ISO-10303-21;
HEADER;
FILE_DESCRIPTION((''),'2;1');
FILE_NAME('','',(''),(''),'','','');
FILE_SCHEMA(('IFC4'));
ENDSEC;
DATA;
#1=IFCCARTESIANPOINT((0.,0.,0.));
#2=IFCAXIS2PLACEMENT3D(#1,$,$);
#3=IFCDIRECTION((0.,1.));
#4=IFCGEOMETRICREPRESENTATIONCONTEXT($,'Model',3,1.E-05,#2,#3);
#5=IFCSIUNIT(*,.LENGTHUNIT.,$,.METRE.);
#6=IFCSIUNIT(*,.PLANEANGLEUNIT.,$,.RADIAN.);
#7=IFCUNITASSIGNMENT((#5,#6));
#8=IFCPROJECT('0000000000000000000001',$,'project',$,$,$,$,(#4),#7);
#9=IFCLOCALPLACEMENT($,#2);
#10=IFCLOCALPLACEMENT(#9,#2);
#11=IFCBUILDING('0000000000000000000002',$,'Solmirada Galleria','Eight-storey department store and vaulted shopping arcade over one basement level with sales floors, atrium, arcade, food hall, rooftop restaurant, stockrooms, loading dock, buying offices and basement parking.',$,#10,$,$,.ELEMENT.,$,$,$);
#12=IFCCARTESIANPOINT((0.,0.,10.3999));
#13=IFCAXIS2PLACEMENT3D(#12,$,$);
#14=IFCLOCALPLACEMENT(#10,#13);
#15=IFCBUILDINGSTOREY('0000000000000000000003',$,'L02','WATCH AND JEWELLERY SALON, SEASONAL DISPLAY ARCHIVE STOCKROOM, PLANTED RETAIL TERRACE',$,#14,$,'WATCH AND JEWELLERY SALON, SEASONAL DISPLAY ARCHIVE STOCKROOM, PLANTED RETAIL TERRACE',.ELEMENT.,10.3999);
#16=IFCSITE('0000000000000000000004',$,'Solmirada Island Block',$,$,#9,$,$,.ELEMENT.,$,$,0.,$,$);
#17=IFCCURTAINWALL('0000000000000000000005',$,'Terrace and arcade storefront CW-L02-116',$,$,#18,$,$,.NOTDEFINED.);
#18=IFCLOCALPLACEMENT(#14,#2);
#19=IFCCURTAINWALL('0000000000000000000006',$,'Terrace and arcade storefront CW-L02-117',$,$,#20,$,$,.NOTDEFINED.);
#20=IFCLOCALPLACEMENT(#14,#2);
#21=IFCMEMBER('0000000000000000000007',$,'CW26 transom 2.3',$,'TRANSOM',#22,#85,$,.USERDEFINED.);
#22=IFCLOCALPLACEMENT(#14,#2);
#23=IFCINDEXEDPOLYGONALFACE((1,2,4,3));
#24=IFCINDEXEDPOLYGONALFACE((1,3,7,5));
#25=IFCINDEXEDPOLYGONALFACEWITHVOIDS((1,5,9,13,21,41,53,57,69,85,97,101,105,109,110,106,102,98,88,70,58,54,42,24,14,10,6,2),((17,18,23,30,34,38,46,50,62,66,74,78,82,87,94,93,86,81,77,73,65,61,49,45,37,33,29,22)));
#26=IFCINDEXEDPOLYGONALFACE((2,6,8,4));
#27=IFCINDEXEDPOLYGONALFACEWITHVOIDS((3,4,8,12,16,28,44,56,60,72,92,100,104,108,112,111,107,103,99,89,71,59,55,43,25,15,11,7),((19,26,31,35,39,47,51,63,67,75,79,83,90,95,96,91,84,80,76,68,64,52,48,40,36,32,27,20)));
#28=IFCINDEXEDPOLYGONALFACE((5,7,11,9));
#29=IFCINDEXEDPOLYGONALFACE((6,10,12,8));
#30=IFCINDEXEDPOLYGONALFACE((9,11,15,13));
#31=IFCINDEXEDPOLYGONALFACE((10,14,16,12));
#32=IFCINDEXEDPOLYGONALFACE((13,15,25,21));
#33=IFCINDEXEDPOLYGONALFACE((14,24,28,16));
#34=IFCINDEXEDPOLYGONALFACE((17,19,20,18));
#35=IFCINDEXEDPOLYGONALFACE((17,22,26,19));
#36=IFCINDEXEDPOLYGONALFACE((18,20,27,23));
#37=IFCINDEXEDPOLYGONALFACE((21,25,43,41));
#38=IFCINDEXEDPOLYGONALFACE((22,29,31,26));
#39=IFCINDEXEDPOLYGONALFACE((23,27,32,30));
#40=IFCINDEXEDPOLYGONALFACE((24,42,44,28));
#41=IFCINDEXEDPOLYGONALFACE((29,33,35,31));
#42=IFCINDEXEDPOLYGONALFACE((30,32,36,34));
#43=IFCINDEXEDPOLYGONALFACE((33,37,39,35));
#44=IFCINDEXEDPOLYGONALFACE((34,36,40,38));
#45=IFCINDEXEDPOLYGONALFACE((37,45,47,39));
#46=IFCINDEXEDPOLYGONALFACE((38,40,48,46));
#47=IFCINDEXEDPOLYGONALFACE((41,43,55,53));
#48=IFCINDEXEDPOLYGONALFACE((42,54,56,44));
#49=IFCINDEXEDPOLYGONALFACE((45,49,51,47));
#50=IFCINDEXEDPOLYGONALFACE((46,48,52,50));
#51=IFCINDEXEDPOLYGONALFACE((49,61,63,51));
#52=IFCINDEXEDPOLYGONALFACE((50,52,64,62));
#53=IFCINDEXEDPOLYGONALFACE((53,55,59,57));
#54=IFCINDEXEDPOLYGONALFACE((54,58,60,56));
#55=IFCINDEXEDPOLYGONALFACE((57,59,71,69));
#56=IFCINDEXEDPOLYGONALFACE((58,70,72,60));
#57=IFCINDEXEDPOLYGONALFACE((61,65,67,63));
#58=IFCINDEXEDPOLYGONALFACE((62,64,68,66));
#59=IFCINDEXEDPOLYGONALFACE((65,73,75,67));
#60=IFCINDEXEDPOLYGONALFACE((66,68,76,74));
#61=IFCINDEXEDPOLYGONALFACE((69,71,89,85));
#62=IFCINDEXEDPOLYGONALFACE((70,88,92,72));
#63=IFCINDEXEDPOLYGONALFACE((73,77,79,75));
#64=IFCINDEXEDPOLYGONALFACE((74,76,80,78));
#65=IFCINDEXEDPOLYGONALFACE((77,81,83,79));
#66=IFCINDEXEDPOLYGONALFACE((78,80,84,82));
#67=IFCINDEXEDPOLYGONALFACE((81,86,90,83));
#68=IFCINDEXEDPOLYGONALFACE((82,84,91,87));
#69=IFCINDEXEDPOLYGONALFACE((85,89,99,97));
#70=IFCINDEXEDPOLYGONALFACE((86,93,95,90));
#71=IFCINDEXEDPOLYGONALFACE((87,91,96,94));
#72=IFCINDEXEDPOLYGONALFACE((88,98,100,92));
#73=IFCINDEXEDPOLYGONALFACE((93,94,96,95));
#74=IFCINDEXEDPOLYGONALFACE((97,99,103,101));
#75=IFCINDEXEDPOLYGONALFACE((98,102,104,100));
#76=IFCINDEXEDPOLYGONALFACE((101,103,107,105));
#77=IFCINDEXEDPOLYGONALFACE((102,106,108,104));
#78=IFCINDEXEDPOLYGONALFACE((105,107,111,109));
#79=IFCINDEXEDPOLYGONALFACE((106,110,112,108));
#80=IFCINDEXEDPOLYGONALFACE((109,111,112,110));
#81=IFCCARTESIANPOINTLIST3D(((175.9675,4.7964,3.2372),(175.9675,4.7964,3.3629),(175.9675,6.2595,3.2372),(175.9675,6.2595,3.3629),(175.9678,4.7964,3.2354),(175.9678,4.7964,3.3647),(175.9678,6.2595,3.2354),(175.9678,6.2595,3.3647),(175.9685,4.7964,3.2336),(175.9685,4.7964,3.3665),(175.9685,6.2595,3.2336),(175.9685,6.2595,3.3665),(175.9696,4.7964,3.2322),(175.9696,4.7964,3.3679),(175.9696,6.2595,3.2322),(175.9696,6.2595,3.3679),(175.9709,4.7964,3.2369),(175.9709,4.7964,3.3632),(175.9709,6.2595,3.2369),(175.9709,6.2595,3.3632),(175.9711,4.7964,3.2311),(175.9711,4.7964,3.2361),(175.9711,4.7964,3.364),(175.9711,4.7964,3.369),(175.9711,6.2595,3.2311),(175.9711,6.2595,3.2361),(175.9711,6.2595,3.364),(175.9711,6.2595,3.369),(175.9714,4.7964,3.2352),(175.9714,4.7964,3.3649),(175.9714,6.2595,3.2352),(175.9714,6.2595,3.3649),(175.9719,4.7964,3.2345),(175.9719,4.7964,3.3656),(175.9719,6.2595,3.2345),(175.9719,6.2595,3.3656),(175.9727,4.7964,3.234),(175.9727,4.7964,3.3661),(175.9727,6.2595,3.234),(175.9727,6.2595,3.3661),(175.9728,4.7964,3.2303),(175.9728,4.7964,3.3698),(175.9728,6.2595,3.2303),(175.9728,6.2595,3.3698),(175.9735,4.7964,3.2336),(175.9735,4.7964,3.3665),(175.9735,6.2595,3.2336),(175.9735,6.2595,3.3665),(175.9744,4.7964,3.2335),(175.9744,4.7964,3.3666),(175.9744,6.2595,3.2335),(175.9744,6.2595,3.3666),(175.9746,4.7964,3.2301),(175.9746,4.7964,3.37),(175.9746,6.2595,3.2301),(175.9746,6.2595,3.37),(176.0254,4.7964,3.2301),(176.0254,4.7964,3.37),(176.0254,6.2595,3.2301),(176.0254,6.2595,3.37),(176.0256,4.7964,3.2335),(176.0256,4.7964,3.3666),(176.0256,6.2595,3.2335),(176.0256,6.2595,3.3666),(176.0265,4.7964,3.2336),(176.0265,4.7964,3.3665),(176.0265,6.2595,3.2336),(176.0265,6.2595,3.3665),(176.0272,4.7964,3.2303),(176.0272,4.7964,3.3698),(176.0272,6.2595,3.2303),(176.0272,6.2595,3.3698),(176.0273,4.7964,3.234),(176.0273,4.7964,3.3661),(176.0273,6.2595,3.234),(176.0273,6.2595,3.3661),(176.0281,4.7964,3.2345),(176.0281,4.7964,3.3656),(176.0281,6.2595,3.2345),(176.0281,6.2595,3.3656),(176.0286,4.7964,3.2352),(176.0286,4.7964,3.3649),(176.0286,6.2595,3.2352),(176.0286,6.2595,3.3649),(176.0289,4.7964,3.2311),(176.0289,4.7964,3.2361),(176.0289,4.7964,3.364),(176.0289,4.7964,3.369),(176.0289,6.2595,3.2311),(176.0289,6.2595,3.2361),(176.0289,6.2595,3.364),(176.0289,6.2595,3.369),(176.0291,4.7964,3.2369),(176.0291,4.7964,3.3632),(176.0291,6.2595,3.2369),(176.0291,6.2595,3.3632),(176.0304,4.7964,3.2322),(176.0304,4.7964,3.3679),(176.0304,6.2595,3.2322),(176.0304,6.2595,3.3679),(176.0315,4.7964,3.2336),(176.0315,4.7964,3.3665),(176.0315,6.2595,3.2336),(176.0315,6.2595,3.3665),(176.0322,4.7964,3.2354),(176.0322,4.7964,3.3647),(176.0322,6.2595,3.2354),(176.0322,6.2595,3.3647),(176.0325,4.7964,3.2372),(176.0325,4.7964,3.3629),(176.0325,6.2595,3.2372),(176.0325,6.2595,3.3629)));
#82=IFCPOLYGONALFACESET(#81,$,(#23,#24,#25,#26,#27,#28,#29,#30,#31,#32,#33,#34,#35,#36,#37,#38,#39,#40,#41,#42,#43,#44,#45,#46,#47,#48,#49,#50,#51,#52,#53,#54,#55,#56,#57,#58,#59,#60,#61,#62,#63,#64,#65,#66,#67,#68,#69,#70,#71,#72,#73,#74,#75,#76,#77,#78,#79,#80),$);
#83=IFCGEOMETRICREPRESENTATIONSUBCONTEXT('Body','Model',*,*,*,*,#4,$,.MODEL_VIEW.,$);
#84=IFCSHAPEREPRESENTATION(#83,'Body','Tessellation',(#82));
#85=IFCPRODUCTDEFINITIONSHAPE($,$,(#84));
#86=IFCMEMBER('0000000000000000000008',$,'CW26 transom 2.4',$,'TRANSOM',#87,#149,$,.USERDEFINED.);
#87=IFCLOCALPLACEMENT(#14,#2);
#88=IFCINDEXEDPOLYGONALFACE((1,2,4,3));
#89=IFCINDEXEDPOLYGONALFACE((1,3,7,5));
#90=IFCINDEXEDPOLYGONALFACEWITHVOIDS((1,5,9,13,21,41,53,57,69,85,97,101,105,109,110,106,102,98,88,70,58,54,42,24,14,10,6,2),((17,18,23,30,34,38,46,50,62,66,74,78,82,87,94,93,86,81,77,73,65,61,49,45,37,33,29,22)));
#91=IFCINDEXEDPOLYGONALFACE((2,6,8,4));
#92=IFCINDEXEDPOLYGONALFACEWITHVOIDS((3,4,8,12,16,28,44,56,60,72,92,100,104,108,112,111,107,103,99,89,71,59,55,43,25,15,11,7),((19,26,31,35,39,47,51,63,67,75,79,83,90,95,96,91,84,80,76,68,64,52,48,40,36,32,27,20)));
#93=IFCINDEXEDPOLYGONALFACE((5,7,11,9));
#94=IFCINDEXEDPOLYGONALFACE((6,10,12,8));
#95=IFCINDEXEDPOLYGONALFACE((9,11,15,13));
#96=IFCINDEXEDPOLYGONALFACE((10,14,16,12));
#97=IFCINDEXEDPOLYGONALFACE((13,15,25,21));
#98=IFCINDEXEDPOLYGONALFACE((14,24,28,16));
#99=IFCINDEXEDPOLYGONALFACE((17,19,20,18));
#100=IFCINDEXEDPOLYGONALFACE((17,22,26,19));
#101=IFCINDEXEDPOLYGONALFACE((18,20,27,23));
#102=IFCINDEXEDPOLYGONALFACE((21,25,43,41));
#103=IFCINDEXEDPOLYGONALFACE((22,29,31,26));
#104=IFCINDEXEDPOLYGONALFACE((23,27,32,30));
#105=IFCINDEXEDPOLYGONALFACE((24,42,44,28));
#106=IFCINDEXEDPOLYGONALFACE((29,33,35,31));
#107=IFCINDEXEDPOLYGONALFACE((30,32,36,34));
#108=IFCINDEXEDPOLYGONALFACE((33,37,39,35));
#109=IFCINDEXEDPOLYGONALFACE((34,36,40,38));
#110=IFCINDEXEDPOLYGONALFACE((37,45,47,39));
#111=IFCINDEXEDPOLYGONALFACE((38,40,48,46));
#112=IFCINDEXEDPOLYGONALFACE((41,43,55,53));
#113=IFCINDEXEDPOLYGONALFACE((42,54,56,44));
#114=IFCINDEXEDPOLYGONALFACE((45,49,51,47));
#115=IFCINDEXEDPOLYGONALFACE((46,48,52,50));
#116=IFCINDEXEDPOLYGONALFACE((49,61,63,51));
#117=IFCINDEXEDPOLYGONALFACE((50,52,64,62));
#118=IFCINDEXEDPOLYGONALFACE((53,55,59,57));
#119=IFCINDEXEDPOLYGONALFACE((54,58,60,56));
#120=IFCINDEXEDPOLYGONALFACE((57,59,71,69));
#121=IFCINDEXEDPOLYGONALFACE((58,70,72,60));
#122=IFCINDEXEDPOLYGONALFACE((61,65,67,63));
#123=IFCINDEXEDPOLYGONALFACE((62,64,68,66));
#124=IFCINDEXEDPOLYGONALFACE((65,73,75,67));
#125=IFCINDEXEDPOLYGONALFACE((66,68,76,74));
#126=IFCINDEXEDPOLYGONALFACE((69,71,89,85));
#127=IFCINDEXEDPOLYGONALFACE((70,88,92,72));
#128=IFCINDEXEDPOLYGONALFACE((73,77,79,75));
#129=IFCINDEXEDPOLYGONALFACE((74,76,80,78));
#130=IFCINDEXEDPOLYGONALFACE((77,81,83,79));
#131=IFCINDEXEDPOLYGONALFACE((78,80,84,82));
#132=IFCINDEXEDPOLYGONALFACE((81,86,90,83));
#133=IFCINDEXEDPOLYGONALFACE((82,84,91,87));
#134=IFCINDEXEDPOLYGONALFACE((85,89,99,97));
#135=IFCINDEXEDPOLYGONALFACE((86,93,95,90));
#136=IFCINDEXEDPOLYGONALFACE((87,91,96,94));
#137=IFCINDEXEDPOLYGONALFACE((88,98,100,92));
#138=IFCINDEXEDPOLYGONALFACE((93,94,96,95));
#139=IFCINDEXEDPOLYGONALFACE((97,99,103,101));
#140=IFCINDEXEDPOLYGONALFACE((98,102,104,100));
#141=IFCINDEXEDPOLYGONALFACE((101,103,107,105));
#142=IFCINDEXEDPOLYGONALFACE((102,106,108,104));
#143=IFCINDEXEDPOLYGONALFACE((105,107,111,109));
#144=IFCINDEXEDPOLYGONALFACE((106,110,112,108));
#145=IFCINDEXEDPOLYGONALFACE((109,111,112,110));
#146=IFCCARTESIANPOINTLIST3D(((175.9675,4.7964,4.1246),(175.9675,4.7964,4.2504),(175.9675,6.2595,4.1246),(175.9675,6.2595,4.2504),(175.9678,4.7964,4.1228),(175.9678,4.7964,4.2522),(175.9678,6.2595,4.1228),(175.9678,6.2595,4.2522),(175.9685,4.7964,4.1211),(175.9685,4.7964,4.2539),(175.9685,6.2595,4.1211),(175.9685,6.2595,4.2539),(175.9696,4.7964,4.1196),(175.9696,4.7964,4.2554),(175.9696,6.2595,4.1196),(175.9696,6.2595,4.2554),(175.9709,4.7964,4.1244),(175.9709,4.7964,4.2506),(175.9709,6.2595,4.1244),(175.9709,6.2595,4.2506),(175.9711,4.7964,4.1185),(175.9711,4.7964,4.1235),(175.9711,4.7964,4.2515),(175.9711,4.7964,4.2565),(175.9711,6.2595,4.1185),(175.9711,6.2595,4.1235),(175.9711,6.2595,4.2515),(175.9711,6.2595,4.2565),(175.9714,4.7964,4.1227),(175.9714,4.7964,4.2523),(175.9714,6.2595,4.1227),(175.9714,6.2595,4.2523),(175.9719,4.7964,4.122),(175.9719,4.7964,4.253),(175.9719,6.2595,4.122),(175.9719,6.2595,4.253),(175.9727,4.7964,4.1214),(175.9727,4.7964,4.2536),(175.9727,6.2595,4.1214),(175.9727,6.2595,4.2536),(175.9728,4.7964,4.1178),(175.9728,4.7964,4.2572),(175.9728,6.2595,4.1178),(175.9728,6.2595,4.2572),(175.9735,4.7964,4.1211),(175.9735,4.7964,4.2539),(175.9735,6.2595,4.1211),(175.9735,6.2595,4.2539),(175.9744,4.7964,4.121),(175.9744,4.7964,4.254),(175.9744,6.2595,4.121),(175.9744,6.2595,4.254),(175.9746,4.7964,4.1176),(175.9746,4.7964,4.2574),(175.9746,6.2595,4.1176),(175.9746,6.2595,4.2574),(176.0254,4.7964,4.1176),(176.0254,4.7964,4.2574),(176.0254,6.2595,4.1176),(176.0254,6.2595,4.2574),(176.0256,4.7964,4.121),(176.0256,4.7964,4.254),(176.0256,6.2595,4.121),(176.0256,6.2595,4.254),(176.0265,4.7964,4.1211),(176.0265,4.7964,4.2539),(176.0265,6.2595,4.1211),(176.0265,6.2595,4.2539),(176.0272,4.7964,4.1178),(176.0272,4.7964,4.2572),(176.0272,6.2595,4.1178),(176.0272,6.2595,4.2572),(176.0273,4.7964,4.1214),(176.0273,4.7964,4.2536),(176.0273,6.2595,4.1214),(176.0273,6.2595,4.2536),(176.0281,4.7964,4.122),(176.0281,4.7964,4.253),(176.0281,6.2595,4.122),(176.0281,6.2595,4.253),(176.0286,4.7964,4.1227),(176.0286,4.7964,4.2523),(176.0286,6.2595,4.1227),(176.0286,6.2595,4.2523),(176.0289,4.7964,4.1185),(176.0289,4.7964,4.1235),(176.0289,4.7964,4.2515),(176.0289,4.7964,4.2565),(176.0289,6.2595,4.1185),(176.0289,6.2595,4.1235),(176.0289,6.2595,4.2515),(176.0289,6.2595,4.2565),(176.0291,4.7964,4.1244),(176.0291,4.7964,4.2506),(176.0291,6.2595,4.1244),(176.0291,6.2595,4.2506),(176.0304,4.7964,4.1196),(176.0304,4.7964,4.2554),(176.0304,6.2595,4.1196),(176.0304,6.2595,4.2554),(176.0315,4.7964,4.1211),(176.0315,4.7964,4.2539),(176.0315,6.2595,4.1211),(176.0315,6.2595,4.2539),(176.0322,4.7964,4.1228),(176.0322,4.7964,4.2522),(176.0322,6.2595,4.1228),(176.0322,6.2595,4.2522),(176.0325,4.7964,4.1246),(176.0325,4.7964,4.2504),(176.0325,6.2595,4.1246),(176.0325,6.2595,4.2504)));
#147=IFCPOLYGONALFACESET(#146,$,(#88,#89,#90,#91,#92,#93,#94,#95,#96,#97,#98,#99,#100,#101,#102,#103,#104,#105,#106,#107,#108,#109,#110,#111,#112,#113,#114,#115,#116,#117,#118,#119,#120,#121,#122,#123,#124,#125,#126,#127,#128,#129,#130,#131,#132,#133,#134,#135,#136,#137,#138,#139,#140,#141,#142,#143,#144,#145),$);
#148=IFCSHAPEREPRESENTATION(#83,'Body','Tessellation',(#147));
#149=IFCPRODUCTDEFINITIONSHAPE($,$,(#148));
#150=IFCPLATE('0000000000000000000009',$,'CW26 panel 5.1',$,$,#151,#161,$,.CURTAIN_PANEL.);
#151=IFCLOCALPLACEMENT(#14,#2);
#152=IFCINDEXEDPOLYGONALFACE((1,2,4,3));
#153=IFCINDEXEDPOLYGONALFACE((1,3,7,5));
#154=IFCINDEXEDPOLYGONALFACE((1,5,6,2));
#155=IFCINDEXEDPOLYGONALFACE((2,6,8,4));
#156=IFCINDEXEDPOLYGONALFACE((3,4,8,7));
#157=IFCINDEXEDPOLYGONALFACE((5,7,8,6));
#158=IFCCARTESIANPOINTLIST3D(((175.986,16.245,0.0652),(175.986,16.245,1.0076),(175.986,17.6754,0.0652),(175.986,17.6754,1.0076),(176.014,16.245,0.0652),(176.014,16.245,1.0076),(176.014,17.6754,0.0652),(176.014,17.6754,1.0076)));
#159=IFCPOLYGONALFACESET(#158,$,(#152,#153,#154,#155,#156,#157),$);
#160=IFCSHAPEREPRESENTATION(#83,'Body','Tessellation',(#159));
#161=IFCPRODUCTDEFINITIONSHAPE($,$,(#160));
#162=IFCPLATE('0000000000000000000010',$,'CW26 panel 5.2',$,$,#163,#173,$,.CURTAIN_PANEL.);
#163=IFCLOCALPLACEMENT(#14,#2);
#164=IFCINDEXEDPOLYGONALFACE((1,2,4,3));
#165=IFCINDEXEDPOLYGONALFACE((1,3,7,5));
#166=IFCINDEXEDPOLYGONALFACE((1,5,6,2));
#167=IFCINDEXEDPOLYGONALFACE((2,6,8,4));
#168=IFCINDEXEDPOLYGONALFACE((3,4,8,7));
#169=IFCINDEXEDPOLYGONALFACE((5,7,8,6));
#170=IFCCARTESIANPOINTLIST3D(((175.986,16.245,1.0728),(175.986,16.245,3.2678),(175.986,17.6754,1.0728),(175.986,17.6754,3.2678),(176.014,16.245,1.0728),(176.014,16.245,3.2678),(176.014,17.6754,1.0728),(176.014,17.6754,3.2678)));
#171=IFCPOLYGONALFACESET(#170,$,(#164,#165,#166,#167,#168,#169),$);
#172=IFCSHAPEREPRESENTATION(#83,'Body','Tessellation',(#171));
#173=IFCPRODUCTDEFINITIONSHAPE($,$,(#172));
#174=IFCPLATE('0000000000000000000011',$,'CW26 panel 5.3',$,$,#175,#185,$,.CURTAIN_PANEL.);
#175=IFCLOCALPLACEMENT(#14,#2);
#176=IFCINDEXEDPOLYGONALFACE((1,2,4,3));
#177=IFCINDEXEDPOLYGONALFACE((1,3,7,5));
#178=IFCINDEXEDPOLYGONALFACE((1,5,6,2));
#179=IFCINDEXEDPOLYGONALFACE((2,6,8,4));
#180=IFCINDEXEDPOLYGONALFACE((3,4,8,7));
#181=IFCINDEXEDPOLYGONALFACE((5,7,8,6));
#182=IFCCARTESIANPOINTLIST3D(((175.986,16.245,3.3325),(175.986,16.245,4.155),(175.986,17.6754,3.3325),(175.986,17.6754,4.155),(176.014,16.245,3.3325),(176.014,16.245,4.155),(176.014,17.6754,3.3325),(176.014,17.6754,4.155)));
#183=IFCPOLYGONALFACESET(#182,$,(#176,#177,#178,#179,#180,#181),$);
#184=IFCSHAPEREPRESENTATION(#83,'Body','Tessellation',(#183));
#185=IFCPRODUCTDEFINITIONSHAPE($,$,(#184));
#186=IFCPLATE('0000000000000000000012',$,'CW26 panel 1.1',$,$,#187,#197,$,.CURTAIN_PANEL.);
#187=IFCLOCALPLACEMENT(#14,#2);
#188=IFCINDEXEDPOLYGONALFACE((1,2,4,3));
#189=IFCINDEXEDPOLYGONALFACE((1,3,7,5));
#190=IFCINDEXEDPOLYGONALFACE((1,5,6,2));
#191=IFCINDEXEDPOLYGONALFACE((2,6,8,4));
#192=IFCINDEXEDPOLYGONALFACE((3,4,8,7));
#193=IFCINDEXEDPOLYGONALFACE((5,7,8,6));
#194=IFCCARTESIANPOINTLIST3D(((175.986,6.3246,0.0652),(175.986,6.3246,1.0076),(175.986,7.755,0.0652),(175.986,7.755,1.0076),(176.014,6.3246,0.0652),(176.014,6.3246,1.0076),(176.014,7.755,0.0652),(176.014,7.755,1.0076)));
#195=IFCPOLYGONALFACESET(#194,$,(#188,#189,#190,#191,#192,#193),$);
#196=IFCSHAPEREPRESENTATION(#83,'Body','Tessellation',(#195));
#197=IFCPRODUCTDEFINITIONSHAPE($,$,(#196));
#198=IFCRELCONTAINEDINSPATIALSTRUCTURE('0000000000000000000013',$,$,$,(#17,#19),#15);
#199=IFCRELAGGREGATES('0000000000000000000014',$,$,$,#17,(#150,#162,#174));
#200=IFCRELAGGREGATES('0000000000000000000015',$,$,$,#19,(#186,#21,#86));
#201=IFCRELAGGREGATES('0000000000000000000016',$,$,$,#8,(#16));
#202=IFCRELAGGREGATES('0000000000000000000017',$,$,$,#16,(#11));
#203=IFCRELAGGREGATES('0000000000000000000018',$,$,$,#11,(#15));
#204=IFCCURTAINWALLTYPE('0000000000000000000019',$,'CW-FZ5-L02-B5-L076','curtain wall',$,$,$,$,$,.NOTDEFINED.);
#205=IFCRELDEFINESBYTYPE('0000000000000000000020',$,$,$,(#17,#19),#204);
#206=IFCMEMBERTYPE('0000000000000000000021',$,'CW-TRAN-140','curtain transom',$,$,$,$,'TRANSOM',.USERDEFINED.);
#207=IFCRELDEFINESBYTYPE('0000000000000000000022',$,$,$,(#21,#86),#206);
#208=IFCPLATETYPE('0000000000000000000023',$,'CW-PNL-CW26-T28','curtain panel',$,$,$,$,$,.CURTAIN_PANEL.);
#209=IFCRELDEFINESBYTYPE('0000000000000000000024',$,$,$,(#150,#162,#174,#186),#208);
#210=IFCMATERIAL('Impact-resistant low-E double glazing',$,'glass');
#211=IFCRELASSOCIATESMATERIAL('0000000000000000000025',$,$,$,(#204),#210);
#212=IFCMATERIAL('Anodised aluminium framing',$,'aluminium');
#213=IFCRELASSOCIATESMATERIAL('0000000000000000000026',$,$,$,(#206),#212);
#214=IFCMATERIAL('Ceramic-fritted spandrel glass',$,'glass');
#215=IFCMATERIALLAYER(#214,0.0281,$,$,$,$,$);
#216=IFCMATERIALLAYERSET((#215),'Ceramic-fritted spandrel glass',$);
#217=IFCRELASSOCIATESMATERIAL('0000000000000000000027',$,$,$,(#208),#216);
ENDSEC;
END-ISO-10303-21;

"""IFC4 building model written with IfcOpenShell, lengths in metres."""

from ifc_helpers import new_model, si_unit, direction, frame, origin, origin_2d, place, context, subcontext, project, spatial, rectangle, hollow_rectangle, extrude, material, layer, layer_set, material_profile, profile_set, type_object, element, aggregate, save


model = new_model("IFC4")

# Units and contexts
model_context = context("Model", 3, precision=1e-05, world=origin(), true_north=direction((0.0, 1.0)))
body_context = subcontext(model_context, "Body", "Model", "MODEL_VIEW")
ifc_project = project(units=[si_unit("LENGTHUNIT", "METRE"), si_unit("PLANEANGLEUNIT", "RADIAN")], contexts=[model_context])

# Site, building, storey
site_placement = place(None, origin())
site = spatial("IfcSite", under=ifc_project, at=site_placement, Name="Solmirada Island Block", CompositionType="ELEMENT", RefElevation=0.0)
building_placement = place(site_placement, origin())
building = spatial("IfcBuilding", under=site, at=building_placement, Name="Solmirada Galleria", Description="Eight-storey department store and vaulted shopping arcade over one basement level with sales floors, atrium, arcade, food hall, rooftop restaurant, stockrooms, loading dock, buying offices and basement parking.", CompositionType="ELEMENT")
storey_placement = place(building_placement, frame((0.0, 0.0, 10.3999)))
storey = spatial("IfcBuildingStorey", under=building, at=storey_placement, Name="L02", Description="WATCH AND JEWELLERY SALON, SEASONAL DISPLAY ARCHIVE STOCKROOM, PLANTED RETAIL TERRACE", LongName="WATCH AND JEWELLERY SALON, SEASONAL DISPLAY ARCHIVE STOCKROOM, PLANTED RETAIL TERRACE", CompositionType="ELEMENT", Elevation=10.3999)

# Curtain wall
ifc_material_1 = material(Name="Impact-resistant low-E double glazing", Category="glass")
curtain_wall_type = type_object("IfcCurtainWallType", Name="CW-FZ5-L02-B5-L076", Description="curtain wall", PredefinedType="NOTDEFINED", material=ifc_material_1)
curtain_wall_1_placement = place(storey_placement, origin())
curtain_wall_1 = element("IfcCurtainWall", 1, at=curtain_wall_1_placement, inside=storey, type_object=curtain_wall_type, Name="Terrace and arcade storefront CW-L02-116", PredefinedType="NOTDEFINED")
ifc_material_2 = material(Name="Anodised aluminium framing", Category="aluminium")

# Curtain wall, members
curtain_wall_2_placement = place(storey_placement, origin())
curtain_wall_2 = element("IfcCurtainWall", 2, at=curtain_wall_2_placement, inside=storey, type_object=curtain_wall_type, Name="Terrace and arcade storefront CW-L02-117", PredefinedType="NOTDEFINED")
ifc_material_profile_1 = material_profile(ifc_material_2, hollow_rectangle(XDim=0.0649, YDim=0.1399, WallThickness=0.0034, InnerFilletRadius=0.0034, OuterFilletRadius=0.0071, at=origin_2d()), Name="ALU-TRAN-140X65")
ifc_profile_set_1 = profile_set([ifc_material_profile_1], Name="Anodised aluminium framing")
member_type_1 = type_object("IfcMemberType", Name="CW-TRAN-140", Description="curtain transom", ElementType="TRANSOM", PredefinedType="USERDEFINED", material=ifc_profile_set_1)
member_1_placement = place(storey_placement, frame((176.0, 6.2595, 3.3), z_axis=(0.0, -1.0, 0.0), x_axis=(1.0, 0.0, 0.0)))
member_1 = element("IfcMember", 3, at=member_1_placement, type_object=member_type_1, Name="CW26 transom 2.3", ObjectType="TRANSOM", PredefinedType="USERDEFINED", context=body_context, shape_type="SweptSolid", body=[
    extrude(hollow_rectangle(XDim=0.0649, YDim=0.1399, WallThickness=0.0034, InnerFilletRadius=0.0034, OuterFilletRadius=0.0071, at=origin_2d()), origin(), (0.0, 0.0, 1.0), 1.4631),
])
member_2_placement = place(storey_placement, frame((176.0, 6.2595, 4.1875), z_axis=(0.0, -1.0, 0.0), x_axis=(1.0, 0.0, 0.0)))
member_2 = element("IfcMember", 4, at=member_2_placement, type_object=member_type_1, Name="CW26 transom 2.4", ObjectType="TRANSOM", PredefinedType="USERDEFINED", context=body_context, shape_type="SweptSolid", body=[
    extrude(hollow_rectangle(XDim=0.0649, YDim=0.1399, WallThickness=0.0034, InnerFilletRadius=0.0034, OuterFilletRadius=0.0071, at=origin_2d()), origin(), (0.0, 0.0, 1.0), 1.4631),
])

# Plates
ifc_material_3 = material(Name="Ceramic-fritted spandrel glass", Category="glass")
ifc_layer_1 = layer(ifc_material_3, 0.0281)
ifc_layer_set_1 = layer_set([ifc_layer_1], Name="Ceramic-fritted spandrel glass")
plate_type = type_object("IfcPlateType", Name="CW-PNL-CW26-T28", Description="curtain panel", PredefinedType="CURTAIN_PANEL", material=ifc_layer_set_1)
plate_1_placement = place(storey_placement, frame((176.0, 16.9602, 0.0652), z_axis=(0.0, 0.0, 1.0), x_axis=(0.0, -1.0, 0.0)))
plate_1 = element("IfcPlate", 5, at=plate_1_placement, type_object=plate_type, Name="CW26 panel 5.1", PredefinedType="CURTAIN_PANEL", context=body_context, shape_type="SweptSolid", body=[
    extrude(rectangle(XDim=1.4304, YDim=0.0281, at=origin_2d()), origin(), (0.0, 0.0, 1.0), 0.9424),
])
plate_2_placement = place(storey_placement, frame((176.0, 16.9602, 1.0728), z_axis=(0.0, 0.0, 1.0), x_axis=(0.0, -1.0, 0.0)))
plate_2 = element("IfcPlate", 6, at=plate_2_placement, type_object=plate_type, Name="CW26 panel 5.2", PredefinedType="CURTAIN_PANEL", context=body_context, shape_type="SweptSolid", body=[
    extrude(rectangle(XDim=1.4304, YDim=0.0281, at=origin_2d()), origin(), (0.0, 0.0, 1.0), 2.1951),
])
plate_3_placement = place(storey_placement, frame((176.0, 16.9602, 3.3325), z_axis=(0.0, 0.0, 1.0), x_axis=(0.0, -1.0, 0.0)))
plate_3 = element("IfcPlate", 7, at=plate_3_placement, type_object=plate_type, Name="CW26 panel 5.3", PredefinedType="CURTAIN_PANEL", context=body_context, shape_type="SweptSolid", body=[
    extrude(rectangle(XDim=1.4304, YDim=0.0281, at=origin_2d()), origin(), (0.0, 0.0, 1.0), 0.8225),
])
aggregate(curtain_wall_1, [plate_1, plate_2, plate_3])
plate_4_placement = place(storey_placement, frame((176.0, 7.0398, 0.0652), z_axis=(0.0, 0.0, 1.0), x_axis=(0.0, -1.0, 0.0)))
plate_4 = element("IfcPlate", 8, at=plate_4_placement, type_object=plate_type, Name="CW26 panel 1.1", PredefinedType="CURTAIN_PANEL", context=body_context, shape_type="SweptSolid", body=[
    extrude(rectangle(XDim=1.4304, YDim=0.0281, at=origin_2d()), origin(), (0.0, 0.0, 1.0), 0.9424),
])
aggregate(curtain_wall_2, [plate_4, member_1, member_2])

save(model, "model.ifc")
